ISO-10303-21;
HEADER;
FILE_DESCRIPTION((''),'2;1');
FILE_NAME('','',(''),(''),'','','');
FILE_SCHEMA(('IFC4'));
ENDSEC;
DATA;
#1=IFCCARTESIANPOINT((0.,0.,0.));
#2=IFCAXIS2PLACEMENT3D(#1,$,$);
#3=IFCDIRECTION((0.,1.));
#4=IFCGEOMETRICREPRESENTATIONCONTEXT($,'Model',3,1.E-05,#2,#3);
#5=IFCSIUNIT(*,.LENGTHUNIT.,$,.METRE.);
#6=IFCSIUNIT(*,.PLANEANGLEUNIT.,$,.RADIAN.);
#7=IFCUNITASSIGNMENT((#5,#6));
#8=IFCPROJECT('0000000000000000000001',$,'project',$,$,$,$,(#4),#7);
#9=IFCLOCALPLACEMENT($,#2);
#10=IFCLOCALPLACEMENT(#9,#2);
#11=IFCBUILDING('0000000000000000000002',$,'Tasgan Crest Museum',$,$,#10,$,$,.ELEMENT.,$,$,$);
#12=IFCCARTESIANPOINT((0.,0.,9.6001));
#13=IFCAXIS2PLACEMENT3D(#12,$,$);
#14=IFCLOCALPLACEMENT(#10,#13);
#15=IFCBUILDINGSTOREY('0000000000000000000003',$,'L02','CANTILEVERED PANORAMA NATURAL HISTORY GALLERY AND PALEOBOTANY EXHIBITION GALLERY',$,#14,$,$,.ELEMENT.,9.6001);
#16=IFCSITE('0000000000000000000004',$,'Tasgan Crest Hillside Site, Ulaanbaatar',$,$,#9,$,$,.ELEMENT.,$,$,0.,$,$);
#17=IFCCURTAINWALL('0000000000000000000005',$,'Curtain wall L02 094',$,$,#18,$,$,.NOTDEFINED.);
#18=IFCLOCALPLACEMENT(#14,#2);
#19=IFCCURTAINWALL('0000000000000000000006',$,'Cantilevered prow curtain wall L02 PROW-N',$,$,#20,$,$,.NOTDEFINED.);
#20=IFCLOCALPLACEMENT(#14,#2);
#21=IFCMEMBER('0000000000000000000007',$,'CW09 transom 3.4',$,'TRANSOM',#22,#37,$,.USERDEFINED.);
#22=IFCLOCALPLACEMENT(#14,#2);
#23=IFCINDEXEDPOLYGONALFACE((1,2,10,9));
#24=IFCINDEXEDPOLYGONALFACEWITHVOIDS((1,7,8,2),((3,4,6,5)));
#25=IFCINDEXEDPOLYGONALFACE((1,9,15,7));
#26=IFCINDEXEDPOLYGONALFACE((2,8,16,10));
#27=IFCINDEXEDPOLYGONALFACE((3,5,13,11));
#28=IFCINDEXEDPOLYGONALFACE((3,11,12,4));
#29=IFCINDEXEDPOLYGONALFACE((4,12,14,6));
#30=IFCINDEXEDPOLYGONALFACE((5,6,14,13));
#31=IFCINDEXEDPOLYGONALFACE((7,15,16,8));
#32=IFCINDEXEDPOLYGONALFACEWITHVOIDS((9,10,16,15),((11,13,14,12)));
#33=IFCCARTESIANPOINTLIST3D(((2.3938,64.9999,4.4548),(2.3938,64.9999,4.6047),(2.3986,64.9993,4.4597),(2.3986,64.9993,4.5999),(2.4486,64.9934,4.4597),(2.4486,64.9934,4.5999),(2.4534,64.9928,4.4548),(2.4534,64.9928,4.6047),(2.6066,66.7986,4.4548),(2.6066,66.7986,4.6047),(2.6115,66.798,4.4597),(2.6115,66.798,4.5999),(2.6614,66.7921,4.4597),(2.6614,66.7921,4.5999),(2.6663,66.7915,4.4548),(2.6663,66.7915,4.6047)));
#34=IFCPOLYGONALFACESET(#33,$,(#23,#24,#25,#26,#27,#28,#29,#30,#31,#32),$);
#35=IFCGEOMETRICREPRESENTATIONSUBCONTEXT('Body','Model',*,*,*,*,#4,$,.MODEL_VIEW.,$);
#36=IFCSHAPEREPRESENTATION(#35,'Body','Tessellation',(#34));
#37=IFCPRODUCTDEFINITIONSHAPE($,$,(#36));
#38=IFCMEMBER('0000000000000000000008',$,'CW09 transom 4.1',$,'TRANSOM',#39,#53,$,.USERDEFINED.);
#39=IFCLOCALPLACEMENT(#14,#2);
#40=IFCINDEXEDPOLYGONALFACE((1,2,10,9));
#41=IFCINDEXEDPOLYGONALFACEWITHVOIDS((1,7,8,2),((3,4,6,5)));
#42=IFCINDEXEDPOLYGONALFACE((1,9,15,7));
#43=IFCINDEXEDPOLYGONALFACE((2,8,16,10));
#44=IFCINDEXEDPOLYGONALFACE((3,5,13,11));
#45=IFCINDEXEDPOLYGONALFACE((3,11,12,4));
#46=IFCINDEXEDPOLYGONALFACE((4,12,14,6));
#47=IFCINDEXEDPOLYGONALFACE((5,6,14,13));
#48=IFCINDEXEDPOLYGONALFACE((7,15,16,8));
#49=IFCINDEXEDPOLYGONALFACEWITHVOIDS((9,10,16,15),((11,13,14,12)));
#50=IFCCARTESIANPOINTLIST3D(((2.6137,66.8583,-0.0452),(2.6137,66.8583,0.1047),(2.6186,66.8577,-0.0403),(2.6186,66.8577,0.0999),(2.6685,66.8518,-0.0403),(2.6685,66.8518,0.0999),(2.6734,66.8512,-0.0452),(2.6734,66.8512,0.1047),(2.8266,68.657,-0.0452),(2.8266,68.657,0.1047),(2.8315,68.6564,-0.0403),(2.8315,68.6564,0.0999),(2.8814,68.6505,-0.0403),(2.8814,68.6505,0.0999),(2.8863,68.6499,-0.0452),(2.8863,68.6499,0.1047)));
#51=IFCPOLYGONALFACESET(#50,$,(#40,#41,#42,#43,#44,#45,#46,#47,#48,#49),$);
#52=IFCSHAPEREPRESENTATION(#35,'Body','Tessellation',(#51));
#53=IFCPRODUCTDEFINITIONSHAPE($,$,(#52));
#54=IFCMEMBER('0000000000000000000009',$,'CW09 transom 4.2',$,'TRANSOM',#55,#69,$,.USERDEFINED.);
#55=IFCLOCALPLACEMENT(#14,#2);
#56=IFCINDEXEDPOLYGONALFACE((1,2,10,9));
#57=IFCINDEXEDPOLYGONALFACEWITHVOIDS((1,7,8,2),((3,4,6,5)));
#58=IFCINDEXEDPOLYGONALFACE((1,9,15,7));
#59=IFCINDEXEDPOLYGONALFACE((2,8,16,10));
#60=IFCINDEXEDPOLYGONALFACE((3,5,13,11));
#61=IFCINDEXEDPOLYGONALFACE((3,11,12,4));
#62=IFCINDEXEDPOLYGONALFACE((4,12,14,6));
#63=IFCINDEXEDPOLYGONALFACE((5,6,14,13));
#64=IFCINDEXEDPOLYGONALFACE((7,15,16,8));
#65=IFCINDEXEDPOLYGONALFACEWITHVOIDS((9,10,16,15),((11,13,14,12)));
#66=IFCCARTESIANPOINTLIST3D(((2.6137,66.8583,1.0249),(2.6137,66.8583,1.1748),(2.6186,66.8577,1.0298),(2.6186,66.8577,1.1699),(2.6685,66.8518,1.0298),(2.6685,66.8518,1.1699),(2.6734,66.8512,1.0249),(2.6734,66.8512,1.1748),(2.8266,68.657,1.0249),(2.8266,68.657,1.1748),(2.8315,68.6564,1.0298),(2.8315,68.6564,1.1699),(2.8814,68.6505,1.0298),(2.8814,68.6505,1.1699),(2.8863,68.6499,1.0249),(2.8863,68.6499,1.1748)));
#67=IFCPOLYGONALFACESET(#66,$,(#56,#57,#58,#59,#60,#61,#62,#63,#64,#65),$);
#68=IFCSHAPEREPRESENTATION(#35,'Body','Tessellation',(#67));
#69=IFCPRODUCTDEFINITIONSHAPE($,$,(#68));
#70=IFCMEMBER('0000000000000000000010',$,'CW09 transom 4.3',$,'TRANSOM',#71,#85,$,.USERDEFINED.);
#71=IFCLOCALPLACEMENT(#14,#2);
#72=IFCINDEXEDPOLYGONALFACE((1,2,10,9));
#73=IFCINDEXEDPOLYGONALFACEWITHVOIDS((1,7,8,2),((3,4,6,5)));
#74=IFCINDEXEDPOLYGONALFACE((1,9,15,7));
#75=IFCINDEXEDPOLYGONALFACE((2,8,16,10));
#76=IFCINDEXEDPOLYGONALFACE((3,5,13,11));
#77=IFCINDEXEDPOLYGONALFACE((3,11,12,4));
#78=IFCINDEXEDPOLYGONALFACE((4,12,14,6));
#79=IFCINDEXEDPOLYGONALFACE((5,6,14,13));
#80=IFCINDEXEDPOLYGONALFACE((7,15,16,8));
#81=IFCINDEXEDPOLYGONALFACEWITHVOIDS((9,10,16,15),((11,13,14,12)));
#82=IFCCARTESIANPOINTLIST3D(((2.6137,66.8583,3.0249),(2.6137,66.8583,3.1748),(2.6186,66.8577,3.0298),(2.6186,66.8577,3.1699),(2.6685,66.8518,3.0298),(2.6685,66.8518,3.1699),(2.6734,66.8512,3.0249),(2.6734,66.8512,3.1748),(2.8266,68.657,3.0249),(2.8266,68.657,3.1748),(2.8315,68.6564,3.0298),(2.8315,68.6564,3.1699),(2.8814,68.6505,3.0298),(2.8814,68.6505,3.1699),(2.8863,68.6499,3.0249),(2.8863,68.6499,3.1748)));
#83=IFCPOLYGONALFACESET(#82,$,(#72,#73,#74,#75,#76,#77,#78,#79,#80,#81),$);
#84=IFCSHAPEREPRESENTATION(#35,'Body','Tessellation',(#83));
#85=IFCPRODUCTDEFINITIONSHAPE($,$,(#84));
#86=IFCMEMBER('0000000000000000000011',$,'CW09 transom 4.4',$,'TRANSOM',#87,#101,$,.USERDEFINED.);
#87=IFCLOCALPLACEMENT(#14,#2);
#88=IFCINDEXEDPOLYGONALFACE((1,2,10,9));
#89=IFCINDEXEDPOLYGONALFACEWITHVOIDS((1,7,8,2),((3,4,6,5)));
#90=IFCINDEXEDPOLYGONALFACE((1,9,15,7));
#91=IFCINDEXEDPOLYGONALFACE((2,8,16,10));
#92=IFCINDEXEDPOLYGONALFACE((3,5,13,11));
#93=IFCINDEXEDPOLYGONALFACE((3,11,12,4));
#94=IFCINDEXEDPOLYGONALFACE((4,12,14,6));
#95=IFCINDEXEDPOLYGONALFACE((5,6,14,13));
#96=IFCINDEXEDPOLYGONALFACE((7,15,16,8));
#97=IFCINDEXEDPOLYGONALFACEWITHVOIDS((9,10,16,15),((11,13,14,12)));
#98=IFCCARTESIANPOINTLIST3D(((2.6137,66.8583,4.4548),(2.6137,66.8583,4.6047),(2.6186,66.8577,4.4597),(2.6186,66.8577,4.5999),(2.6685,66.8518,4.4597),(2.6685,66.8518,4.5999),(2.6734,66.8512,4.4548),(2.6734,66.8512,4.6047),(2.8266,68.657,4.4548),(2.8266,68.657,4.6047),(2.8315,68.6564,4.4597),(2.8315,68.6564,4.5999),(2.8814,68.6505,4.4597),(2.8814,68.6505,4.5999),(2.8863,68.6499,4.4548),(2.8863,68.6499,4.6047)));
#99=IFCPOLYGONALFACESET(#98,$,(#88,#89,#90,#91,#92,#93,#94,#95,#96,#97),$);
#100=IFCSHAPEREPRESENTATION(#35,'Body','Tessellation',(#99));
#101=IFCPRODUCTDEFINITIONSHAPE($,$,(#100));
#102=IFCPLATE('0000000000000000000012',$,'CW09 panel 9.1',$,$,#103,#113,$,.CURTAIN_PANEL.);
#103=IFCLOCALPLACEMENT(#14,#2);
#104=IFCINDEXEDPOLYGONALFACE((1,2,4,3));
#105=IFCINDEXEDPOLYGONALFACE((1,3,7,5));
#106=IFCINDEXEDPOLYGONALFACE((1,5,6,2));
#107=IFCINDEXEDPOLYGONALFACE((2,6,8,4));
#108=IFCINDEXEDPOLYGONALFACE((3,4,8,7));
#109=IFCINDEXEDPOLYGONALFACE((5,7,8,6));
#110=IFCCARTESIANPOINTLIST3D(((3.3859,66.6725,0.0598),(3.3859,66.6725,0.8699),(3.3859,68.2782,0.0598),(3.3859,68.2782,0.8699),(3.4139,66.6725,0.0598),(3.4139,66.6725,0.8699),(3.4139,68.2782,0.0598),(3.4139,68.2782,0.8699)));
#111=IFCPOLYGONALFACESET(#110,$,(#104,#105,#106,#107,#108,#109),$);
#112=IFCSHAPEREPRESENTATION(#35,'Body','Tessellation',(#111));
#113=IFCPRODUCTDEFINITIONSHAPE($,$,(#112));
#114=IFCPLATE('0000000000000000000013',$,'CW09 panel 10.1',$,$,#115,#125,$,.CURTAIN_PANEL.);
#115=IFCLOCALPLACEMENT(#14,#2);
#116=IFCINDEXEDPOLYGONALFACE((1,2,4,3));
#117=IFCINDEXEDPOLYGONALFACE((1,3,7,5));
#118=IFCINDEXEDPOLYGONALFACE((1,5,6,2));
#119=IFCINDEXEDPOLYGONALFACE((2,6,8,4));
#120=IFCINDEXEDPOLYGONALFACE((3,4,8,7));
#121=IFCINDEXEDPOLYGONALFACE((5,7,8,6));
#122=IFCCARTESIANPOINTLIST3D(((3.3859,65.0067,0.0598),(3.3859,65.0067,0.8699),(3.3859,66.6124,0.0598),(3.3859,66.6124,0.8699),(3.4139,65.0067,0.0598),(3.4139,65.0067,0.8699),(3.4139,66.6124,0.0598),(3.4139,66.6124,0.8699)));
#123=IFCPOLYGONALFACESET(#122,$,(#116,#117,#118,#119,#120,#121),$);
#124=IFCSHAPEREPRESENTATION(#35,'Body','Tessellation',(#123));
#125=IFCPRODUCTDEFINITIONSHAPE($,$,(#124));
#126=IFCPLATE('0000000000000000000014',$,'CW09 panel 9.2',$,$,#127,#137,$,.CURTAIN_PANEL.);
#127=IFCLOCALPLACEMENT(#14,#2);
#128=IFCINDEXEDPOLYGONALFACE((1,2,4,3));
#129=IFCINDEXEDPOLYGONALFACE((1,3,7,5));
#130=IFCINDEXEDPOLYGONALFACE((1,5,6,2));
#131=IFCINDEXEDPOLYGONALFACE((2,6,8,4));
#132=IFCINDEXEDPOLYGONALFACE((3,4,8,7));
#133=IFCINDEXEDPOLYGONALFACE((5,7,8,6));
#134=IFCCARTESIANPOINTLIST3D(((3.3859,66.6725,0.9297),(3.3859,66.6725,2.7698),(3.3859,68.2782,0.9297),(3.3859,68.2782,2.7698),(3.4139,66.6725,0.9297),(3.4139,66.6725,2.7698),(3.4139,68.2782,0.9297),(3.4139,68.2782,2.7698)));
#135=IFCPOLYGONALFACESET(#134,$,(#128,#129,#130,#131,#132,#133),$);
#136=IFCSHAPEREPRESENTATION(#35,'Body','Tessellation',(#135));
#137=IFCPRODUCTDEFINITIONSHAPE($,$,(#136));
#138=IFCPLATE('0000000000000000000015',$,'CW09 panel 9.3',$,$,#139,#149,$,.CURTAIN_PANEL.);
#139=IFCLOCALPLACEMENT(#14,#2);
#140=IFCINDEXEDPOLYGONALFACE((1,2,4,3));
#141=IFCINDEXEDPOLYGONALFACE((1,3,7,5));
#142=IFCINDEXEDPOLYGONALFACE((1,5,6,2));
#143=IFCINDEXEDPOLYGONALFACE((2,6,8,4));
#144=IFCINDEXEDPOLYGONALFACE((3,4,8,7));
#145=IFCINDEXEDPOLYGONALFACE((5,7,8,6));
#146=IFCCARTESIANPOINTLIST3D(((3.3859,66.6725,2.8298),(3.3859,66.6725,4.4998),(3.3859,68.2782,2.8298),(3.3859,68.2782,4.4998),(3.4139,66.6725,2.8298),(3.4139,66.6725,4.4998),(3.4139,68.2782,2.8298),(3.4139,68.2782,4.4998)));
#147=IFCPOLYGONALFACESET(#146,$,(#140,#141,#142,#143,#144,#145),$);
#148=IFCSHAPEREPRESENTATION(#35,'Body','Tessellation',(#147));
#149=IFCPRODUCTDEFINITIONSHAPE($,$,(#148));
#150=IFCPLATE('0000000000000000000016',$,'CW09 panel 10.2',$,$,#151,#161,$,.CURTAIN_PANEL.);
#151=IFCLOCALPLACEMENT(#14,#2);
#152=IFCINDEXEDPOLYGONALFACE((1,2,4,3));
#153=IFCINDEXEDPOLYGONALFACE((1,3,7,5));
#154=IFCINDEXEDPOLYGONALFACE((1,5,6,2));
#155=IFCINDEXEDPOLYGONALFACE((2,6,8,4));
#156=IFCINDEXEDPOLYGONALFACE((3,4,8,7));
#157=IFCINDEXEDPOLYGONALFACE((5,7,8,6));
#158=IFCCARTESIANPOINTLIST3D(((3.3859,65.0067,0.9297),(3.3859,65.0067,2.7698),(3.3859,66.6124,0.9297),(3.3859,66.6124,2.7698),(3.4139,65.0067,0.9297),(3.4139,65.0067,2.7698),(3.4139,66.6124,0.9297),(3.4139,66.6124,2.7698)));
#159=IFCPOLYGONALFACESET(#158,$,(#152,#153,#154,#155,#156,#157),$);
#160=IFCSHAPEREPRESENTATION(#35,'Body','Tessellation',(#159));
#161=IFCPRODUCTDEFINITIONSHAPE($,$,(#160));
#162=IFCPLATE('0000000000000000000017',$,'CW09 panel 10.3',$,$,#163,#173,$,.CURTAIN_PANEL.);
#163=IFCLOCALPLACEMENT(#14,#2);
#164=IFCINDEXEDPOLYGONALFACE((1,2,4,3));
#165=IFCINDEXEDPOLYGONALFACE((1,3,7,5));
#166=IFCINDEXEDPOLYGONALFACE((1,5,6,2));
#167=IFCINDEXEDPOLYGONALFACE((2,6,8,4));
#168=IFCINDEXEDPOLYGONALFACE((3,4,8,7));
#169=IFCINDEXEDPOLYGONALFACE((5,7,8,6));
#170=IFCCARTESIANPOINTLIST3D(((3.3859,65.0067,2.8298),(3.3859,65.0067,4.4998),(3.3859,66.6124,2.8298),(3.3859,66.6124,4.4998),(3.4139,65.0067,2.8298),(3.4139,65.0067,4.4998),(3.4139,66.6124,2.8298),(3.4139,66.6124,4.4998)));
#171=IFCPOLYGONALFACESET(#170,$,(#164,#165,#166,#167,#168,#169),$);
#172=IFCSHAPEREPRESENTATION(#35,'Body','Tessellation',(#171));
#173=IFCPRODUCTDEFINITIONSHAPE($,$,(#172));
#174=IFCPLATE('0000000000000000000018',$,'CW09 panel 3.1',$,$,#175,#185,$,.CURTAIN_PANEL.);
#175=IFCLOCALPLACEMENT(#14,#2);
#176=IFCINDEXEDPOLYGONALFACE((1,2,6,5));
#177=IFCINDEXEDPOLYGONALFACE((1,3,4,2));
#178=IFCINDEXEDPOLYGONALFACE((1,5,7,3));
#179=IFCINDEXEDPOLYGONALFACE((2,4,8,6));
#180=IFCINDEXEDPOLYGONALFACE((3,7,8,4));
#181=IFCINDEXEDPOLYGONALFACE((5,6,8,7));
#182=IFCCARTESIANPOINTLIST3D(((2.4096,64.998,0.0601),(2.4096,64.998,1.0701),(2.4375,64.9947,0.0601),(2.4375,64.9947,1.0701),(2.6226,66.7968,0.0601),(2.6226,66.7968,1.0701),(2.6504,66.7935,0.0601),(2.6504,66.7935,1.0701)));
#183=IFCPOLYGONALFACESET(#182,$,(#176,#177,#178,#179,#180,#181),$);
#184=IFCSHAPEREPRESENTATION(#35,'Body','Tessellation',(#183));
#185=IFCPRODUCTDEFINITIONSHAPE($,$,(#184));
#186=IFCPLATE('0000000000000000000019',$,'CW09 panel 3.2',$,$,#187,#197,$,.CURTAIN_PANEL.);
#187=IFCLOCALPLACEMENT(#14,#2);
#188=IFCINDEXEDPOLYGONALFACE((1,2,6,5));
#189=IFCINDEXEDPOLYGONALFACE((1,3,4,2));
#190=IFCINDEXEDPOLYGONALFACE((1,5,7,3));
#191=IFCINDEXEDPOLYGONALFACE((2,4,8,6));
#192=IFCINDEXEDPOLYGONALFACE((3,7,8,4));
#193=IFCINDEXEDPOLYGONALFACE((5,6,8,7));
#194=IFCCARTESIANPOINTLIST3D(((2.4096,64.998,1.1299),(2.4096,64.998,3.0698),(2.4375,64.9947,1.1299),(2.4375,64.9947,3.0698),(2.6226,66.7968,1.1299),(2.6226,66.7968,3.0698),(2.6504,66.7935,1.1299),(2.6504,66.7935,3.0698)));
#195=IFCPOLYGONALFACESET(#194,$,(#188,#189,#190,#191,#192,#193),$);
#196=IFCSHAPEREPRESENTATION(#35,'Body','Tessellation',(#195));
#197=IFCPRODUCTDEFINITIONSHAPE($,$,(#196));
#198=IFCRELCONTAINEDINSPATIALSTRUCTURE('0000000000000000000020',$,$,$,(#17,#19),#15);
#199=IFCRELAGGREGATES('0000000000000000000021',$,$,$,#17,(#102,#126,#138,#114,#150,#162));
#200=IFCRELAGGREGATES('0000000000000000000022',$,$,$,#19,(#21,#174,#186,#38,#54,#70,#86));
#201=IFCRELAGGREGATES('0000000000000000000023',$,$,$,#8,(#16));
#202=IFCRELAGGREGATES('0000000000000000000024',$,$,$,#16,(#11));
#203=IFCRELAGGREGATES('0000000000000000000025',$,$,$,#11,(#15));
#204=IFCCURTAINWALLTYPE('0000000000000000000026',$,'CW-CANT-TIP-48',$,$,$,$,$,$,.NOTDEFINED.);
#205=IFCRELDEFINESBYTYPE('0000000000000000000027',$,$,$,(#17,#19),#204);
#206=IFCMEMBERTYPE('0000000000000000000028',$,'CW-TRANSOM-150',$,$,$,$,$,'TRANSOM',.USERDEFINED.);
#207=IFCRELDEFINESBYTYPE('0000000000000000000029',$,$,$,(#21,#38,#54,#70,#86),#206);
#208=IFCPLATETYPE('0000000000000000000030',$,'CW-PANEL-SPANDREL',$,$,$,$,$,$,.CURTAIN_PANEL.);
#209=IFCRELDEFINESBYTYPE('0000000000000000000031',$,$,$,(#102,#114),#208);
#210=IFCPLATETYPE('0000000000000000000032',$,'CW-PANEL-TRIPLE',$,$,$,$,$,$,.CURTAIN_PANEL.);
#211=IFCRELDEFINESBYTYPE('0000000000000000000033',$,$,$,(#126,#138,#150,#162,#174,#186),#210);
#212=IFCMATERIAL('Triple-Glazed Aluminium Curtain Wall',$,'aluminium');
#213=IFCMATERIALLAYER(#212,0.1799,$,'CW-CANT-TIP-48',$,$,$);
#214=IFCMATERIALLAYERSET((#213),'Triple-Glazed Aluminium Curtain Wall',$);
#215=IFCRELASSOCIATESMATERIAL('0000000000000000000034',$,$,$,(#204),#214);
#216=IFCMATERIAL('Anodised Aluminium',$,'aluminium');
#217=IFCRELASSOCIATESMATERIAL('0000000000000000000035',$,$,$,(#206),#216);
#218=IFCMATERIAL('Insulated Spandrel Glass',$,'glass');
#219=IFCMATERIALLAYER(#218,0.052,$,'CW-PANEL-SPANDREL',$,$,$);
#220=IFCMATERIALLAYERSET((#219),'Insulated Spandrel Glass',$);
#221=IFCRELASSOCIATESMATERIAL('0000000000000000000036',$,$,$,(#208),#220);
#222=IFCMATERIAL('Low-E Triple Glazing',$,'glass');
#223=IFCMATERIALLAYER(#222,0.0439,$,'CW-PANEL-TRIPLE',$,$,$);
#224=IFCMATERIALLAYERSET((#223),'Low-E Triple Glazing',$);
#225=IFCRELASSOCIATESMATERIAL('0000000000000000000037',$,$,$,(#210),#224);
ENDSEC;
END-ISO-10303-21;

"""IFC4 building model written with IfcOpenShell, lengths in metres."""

from ifc_helpers import new_model, si_unit, direction, frame, origin, origin_2d, place, context, subcontext, project, spatial, rectangle, hollow_rectangle, extrude, material, layer, layer_set, material_profile, profile_set, type_object, element, aggregate, save


model = new_model("IFC4")

# Units and contexts
model_context = context("Model", 3, precision=1e-05, world=origin(), true_north=direction((0.0, 1.0)))
body_context = subcontext(model_context, "Body", "Model", "MODEL_VIEW")
ifc_project = project(units=[si_unit("LENGTHUNIT", "METRE"), si_unit("PLANEANGLEUNIT", "RADIAN")], contexts=[model_context])

# Site, building, storey
site_placement = place(None, origin())
site = spatial("IfcSite", under=ifc_project, at=site_placement, Name="Tasgan Crest Hillside Site, Ulaanbaatar", CompositionType="ELEMENT", RefElevation=0.0)
building_placement = place(site_placement, origin())
building = spatial("IfcBuilding", under=site, at=building_placement, Name="Tasgan Crest Museum", CompositionType="ELEMENT")
storey_placement = place(building_placement, frame((0.0, 0.0, 9.6001)))
storey = spatial("IfcBuildingStorey", under=building, at=storey_placement, Name="L02", Description="CANTILEVERED PANORAMA NATURAL HISTORY GALLERY AND PALEOBOTANY EXHIBITION GALLERY", CompositionType="ELEMENT", Elevation=9.6001)

# Curtain walls
ifc_material_1 = material(Name="Triple-Glazed Aluminium Curtain Wall", Category="aluminium")
ifc_layer_1 = layer(ifc_material_1, 0.1799, Name="CW-CANT-TIP-48")
ifc_layer_set_1 = layer_set([ifc_layer_1], Name="Triple-Glazed Aluminium Curtain Wall")
curtain_wall_type = type_object("IfcCurtainWallType", Name="CW-CANT-TIP-48", PredefinedType="NOTDEFINED", material=ifc_layer_set_1)
curtain_wall_1_placement = place(storey_placement, origin())
curtain_wall_1 = element("IfcCurtainWall", 1, at=curtain_wall_1_placement, inside=storey, type_object=curtain_wall_type, Name="Curtain wall L02 094", PredefinedType="NOTDEFINED")
curtain_wall_2_placement = place(storey_placement, origin())
curtain_wall_2 = element("IfcCurtainWall", 2, at=curtain_wall_2_placement, inside=storey, type_object=curtain_wall_type, Name="Cantilevered prow curtain wall L02 PROW-N", PredefinedType="NOTDEFINED")

# Members
ifc_material_2 = material(Name="Anodised Aluminium", Category="aluminium")
ifc_material_profile_1 = material_profile(ifc_material_2, hollow_rectangle(XDim=0.0601, YDim=0.1499, WallThickness=0.0049, at=origin_2d()), Name="ALU TRANSOM 150x60x5")
ifc_profile_set_1 = profile_set([ifc_material_profile_1], Name="Anodised Aluminium")
member_type_1 = type_object("IfcMemberType", Name="CW-TRANSOM-150", ElementType="TRANSOM", PredefinedType="USERDEFINED", material=ifc_profile_set_1)
member_1_placement = place(storey_placement, frame((2.4236, 64.9963, 4.5298), z_axis=(0.117529, 0.993069, 0.0), x_axis=(-0.993069, 0.117529, 0.0)))
member_1 = element("IfcMember", 3, at=member_1_placement, type_object=member_type_1, Name="CW09 transom 3.4", ObjectType="TRANSOM", PredefinedType="USERDEFINED", context=body_context, shape_type="SweptSolid", body=[
    extrude(hollow_rectangle(XDim=0.0601, YDim=0.1499, WallThickness=0.0049, at=origin_2d()), origin(), (0.0, 0.0, 1.0), 1.8113),
])
member_2_placement = place(storey_placement, frame((2.6436, 66.8547, 0.0298), z_axis=(0.117529, 0.993069, 0.0), x_axis=(-0.993069, 0.117529, 0.0)))
member_2 = element("IfcMember", 4, at=member_2_placement, type_object=member_type_1, Name="CW09 transom 4.1", ObjectType="TRANSOM", PredefinedType="USERDEFINED", context=body_context, shape_type="SweptSolid", body=[
    extrude(hollow_rectangle(XDim=0.0601, YDim=0.1499, WallThickness=0.0049, at=origin_2d()), origin(), (0.0, 0.0, 1.0), 1.8113),
])
member_3_placement = place(storey_placement, frame((2.6436, 66.8547, 1.0999), z_axis=(0.117529, 0.993069, 0.0), x_axis=(-0.993069, 0.117529, 0.0)))
member_3 = element("IfcMember", 5, at=member_3_placement, type_object=member_type_1, Name="CW09 transom 4.2", ObjectType="TRANSOM", PredefinedType="USERDEFINED", context=body_context, shape_type="SweptSolid", body=[
    extrude(hollow_rectangle(XDim=0.0601, YDim=0.1499, WallThickness=0.0049, at=origin_2d()), origin(), (0.0, 0.0, 1.0), 1.8113),
])
member_4_placement = place(storey_placement, frame((2.6436, 66.8547, 3.0999), z_axis=(0.117529, 0.993069, 0.0), x_axis=(-0.993069, 0.117529, 0.0)))
member_4 = element("IfcMember", 6, at=member_4_placement, type_object=member_type_1, Name="CW09 transom 4.3", ObjectType="TRANSOM", PredefinedType="USERDEFINED", context=body_context, shape_type="SweptSolid", body=[
    extrude(hollow_rectangle(XDim=0.0601, YDim=0.1499, WallThickness=0.0049, at=origin_2d()), origin(), (0.0, 0.0, 1.0), 1.8113),
])
member_5_placement = place(storey_placement, frame((2.6436, 66.8547, 4.5298), z_axis=(0.117529, 0.993069, 0.0), x_axis=(-0.993069, 0.117529, 0.0)))
member_5 = element("IfcMember", 7, at=member_5_placement, type_object=member_type_1, Name="CW09 transom 4.4", ObjectType="TRANSOM", PredefinedType="USERDEFINED", context=body_context, shape_type="SweptSolid", body=[
    extrude(hollow_rectangle(XDim=0.0601, YDim=0.1499, WallThickness=0.0049, at=origin_2d()), origin(), (0.0, 0.0, 1.0), 1.8113),
])

# Plates
ifc_material_3 = material(Name="Insulated Spandrel Glass", Category="glass")
ifc_layer_2 = layer(ifc_material_3, 0.052, Name="CW-PANEL-SPANDREL")
ifc_layer_set_2 = layer_set([ifc_layer_2], Name="Insulated Spandrel Glass")
plate_type_1 = type_object("IfcPlateType", Name="CW-PANEL-SPANDREL", PredefinedType="CURTAIN_PANEL", material=ifc_layer_set_2)
plate_1_placement = place(storey_placement, frame((3.3999, 67.4753, 0.0598), z_axis=(0.0, 0.0, 1.0), x_axis=(0.0, -1.0, 0.0)))
plate_1 = element("IfcPlate", 8, at=plate_1_placement, type_object=plate_type_1, Name="CW09 panel 9.1", PredefinedType="CURTAIN_PANEL", context=body_context, shape_type="SweptSolid", body=[
    extrude(rectangle(XDim=1.6057, YDim=0.0281, at=origin_2d()), origin(), (0.0, 0.0, 1.0), 0.8101),
])
plate_2_placement = place(storey_placement, frame((3.3999, 65.8096, 0.0598), z_axis=(0.0, 0.0, 1.0), x_axis=(0.0, -1.0, 0.0)))
plate_2 = element("IfcPlate", 9, at=plate_2_placement, type_object=plate_type_1, Name="CW09 panel 10.1", PredefinedType="CURTAIN_PANEL", context=body_context, shape_type="SweptSolid", body=[
    extrude(rectangle(XDim=1.6057, YDim=0.0281, at=origin_2d()), origin(), (0.0, 0.0, 1.0), 0.8101),
])
ifc_material_4 = material(Name="Low-E Triple Glazing", Category="glass")
ifc_layer_3 = layer(ifc_material_4, 0.0439, Name="CW-PANEL-TRIPLE")
ifc_layer_set_3 = layer_set([ifc_layer_3], Name="Low-E Triple Glazing")
plate_type_2 = type_object("IfcPlateType", Name="CW-PANEL-TRIPLE", PredefinedType="CURTAIN_PANEL", material=ifc_layer_set_3)
plate_3_placement = place(storey_placement, frame((3.3999, 67.4753, 0.9297), z_axis=(0.0, 0.0, 1.0), x_axis=(0.0, -1.0, 0.0)))
plate_3 = element("IfcPlate", 10, at=plate_3_placement, type_object=plate_type_2, Name="CW09 panel 9.2", PredefinedType="CURTAIN_PANEL", context=body_context, shape_type="SweptSolid", body=[
    extrude(rectangle(XDim=1.6057, YDim=0.0281, at=origin_2d()), origin(), (0.0, 0.0, 1.0), 1.8401),
])
plate_4_placement = place(storey_placement, frame((3.3999, 67.4753, 2.8298), z_axis=(0.0, 0.0, 1.0), x_axis=(0.0, -1.0, 0.0)))
plate_4 = element("IfcPlate", 11, at=plate_4_placement, type_object=plate_type_2, Name="CW09 panel 9.3", PredefinedType="CURTAIN_PANEL", context=body_context, shape_type="SweptSolid", body=[
    extrude(rectangle(XDim=1.6057, YDim=0.0281, at=origin_2d()), origin(), (0.0, 0.0, 1.0), 1.6699),
])
plate_5_placement = place(storey_placement, frame((3.3999, 65.8096, 0.9297), z_axis=(0.0, 0.0, 1.0), x_axis=(0.0, -1.0, 0.0)))
plate_5 = element("IfcPlate", 12, at=plate_5_placement, type_object=plate_type_2, Name="CW09 panel 10.2", PredefinedType="CURTAIN_PANEL", context=body_context, shape_type="SweptSolid", body=[
    extrude(rectangle(XDim=1.6057, YDim=0.0281, at=origin_2d()), origin(), (0.0, 0.0, 1.0), 1.8401),
])
plate_6_placement = place(storey_placement, frame((3.3999, 65.8096, 2.8298), z_axis=(0.0, 0.0, 1.0), x_axis=(0.0, -1.0, 0.0)))
plate_6 = element("IfcPlate", 13, at=plate_6_placement, type_object=plate_type_2, Name="CW09 panel 10.3", PredefinedType="CURTAIN_PANEL", context=body_context, shape_type="SweptSolid", body=[
    extrude(rectangle(XDim=1.6057, YDim=0.0281, at=origin_2d()), origin(), (0.0, 0.0, 1.0), 1.6699),
])
aggregate(curtain_wall_1, [plate_1, plate_3, plate_4, plate_2, plate_5, plate_6])
plate_7_placement = place(storey_placement, frame((2.53, 65.8958, 0.0601), z_axis=(0.0, 0.0, 1.0), x_axis=(0.117565, 0.993065, 0.0)))
plate_7 = element("IfcPlate", 14, at=plate_7_placement, type_object=plate_type_2, Name="CW09 panel 3.1", PredefinedType="CURTAIN_PANEL", context=body_context, shape_type="SweptSolid", body=[
    extrude(rectangle(XDim=1.8113, YDim=0.0281, at=origin_2d()), origin(), (0.0, 0.0, 1.0), 1.01),
])
plate_8_placement = place(storey_placement, frame((2.53, 65.8958, 1.1299), z_axis=(0.0, 0.0, 1.0), x_axis=(0.117565, 0.993065, 0.0)))
plate_8 = element("IfcPlate", 15, at=plate_8_placement, type_object=plate_type_2, Name="CW09 panel 3.2", PredefinedType="CURTAIN_PANEL", context=body_context, shape_type="SweptSolid", body=[
    extrude(rectangle(XDim=1.8113, YDim=0.0281, at=origin_2d()), origin(), (0.0, 0.0, 1.0), 1.9399),
])
aggregate(curtain_wall_2, [member_1, plate_7, plate_8, member_2, member_3, member_4, member_5])

save(model, "model.ifc")
